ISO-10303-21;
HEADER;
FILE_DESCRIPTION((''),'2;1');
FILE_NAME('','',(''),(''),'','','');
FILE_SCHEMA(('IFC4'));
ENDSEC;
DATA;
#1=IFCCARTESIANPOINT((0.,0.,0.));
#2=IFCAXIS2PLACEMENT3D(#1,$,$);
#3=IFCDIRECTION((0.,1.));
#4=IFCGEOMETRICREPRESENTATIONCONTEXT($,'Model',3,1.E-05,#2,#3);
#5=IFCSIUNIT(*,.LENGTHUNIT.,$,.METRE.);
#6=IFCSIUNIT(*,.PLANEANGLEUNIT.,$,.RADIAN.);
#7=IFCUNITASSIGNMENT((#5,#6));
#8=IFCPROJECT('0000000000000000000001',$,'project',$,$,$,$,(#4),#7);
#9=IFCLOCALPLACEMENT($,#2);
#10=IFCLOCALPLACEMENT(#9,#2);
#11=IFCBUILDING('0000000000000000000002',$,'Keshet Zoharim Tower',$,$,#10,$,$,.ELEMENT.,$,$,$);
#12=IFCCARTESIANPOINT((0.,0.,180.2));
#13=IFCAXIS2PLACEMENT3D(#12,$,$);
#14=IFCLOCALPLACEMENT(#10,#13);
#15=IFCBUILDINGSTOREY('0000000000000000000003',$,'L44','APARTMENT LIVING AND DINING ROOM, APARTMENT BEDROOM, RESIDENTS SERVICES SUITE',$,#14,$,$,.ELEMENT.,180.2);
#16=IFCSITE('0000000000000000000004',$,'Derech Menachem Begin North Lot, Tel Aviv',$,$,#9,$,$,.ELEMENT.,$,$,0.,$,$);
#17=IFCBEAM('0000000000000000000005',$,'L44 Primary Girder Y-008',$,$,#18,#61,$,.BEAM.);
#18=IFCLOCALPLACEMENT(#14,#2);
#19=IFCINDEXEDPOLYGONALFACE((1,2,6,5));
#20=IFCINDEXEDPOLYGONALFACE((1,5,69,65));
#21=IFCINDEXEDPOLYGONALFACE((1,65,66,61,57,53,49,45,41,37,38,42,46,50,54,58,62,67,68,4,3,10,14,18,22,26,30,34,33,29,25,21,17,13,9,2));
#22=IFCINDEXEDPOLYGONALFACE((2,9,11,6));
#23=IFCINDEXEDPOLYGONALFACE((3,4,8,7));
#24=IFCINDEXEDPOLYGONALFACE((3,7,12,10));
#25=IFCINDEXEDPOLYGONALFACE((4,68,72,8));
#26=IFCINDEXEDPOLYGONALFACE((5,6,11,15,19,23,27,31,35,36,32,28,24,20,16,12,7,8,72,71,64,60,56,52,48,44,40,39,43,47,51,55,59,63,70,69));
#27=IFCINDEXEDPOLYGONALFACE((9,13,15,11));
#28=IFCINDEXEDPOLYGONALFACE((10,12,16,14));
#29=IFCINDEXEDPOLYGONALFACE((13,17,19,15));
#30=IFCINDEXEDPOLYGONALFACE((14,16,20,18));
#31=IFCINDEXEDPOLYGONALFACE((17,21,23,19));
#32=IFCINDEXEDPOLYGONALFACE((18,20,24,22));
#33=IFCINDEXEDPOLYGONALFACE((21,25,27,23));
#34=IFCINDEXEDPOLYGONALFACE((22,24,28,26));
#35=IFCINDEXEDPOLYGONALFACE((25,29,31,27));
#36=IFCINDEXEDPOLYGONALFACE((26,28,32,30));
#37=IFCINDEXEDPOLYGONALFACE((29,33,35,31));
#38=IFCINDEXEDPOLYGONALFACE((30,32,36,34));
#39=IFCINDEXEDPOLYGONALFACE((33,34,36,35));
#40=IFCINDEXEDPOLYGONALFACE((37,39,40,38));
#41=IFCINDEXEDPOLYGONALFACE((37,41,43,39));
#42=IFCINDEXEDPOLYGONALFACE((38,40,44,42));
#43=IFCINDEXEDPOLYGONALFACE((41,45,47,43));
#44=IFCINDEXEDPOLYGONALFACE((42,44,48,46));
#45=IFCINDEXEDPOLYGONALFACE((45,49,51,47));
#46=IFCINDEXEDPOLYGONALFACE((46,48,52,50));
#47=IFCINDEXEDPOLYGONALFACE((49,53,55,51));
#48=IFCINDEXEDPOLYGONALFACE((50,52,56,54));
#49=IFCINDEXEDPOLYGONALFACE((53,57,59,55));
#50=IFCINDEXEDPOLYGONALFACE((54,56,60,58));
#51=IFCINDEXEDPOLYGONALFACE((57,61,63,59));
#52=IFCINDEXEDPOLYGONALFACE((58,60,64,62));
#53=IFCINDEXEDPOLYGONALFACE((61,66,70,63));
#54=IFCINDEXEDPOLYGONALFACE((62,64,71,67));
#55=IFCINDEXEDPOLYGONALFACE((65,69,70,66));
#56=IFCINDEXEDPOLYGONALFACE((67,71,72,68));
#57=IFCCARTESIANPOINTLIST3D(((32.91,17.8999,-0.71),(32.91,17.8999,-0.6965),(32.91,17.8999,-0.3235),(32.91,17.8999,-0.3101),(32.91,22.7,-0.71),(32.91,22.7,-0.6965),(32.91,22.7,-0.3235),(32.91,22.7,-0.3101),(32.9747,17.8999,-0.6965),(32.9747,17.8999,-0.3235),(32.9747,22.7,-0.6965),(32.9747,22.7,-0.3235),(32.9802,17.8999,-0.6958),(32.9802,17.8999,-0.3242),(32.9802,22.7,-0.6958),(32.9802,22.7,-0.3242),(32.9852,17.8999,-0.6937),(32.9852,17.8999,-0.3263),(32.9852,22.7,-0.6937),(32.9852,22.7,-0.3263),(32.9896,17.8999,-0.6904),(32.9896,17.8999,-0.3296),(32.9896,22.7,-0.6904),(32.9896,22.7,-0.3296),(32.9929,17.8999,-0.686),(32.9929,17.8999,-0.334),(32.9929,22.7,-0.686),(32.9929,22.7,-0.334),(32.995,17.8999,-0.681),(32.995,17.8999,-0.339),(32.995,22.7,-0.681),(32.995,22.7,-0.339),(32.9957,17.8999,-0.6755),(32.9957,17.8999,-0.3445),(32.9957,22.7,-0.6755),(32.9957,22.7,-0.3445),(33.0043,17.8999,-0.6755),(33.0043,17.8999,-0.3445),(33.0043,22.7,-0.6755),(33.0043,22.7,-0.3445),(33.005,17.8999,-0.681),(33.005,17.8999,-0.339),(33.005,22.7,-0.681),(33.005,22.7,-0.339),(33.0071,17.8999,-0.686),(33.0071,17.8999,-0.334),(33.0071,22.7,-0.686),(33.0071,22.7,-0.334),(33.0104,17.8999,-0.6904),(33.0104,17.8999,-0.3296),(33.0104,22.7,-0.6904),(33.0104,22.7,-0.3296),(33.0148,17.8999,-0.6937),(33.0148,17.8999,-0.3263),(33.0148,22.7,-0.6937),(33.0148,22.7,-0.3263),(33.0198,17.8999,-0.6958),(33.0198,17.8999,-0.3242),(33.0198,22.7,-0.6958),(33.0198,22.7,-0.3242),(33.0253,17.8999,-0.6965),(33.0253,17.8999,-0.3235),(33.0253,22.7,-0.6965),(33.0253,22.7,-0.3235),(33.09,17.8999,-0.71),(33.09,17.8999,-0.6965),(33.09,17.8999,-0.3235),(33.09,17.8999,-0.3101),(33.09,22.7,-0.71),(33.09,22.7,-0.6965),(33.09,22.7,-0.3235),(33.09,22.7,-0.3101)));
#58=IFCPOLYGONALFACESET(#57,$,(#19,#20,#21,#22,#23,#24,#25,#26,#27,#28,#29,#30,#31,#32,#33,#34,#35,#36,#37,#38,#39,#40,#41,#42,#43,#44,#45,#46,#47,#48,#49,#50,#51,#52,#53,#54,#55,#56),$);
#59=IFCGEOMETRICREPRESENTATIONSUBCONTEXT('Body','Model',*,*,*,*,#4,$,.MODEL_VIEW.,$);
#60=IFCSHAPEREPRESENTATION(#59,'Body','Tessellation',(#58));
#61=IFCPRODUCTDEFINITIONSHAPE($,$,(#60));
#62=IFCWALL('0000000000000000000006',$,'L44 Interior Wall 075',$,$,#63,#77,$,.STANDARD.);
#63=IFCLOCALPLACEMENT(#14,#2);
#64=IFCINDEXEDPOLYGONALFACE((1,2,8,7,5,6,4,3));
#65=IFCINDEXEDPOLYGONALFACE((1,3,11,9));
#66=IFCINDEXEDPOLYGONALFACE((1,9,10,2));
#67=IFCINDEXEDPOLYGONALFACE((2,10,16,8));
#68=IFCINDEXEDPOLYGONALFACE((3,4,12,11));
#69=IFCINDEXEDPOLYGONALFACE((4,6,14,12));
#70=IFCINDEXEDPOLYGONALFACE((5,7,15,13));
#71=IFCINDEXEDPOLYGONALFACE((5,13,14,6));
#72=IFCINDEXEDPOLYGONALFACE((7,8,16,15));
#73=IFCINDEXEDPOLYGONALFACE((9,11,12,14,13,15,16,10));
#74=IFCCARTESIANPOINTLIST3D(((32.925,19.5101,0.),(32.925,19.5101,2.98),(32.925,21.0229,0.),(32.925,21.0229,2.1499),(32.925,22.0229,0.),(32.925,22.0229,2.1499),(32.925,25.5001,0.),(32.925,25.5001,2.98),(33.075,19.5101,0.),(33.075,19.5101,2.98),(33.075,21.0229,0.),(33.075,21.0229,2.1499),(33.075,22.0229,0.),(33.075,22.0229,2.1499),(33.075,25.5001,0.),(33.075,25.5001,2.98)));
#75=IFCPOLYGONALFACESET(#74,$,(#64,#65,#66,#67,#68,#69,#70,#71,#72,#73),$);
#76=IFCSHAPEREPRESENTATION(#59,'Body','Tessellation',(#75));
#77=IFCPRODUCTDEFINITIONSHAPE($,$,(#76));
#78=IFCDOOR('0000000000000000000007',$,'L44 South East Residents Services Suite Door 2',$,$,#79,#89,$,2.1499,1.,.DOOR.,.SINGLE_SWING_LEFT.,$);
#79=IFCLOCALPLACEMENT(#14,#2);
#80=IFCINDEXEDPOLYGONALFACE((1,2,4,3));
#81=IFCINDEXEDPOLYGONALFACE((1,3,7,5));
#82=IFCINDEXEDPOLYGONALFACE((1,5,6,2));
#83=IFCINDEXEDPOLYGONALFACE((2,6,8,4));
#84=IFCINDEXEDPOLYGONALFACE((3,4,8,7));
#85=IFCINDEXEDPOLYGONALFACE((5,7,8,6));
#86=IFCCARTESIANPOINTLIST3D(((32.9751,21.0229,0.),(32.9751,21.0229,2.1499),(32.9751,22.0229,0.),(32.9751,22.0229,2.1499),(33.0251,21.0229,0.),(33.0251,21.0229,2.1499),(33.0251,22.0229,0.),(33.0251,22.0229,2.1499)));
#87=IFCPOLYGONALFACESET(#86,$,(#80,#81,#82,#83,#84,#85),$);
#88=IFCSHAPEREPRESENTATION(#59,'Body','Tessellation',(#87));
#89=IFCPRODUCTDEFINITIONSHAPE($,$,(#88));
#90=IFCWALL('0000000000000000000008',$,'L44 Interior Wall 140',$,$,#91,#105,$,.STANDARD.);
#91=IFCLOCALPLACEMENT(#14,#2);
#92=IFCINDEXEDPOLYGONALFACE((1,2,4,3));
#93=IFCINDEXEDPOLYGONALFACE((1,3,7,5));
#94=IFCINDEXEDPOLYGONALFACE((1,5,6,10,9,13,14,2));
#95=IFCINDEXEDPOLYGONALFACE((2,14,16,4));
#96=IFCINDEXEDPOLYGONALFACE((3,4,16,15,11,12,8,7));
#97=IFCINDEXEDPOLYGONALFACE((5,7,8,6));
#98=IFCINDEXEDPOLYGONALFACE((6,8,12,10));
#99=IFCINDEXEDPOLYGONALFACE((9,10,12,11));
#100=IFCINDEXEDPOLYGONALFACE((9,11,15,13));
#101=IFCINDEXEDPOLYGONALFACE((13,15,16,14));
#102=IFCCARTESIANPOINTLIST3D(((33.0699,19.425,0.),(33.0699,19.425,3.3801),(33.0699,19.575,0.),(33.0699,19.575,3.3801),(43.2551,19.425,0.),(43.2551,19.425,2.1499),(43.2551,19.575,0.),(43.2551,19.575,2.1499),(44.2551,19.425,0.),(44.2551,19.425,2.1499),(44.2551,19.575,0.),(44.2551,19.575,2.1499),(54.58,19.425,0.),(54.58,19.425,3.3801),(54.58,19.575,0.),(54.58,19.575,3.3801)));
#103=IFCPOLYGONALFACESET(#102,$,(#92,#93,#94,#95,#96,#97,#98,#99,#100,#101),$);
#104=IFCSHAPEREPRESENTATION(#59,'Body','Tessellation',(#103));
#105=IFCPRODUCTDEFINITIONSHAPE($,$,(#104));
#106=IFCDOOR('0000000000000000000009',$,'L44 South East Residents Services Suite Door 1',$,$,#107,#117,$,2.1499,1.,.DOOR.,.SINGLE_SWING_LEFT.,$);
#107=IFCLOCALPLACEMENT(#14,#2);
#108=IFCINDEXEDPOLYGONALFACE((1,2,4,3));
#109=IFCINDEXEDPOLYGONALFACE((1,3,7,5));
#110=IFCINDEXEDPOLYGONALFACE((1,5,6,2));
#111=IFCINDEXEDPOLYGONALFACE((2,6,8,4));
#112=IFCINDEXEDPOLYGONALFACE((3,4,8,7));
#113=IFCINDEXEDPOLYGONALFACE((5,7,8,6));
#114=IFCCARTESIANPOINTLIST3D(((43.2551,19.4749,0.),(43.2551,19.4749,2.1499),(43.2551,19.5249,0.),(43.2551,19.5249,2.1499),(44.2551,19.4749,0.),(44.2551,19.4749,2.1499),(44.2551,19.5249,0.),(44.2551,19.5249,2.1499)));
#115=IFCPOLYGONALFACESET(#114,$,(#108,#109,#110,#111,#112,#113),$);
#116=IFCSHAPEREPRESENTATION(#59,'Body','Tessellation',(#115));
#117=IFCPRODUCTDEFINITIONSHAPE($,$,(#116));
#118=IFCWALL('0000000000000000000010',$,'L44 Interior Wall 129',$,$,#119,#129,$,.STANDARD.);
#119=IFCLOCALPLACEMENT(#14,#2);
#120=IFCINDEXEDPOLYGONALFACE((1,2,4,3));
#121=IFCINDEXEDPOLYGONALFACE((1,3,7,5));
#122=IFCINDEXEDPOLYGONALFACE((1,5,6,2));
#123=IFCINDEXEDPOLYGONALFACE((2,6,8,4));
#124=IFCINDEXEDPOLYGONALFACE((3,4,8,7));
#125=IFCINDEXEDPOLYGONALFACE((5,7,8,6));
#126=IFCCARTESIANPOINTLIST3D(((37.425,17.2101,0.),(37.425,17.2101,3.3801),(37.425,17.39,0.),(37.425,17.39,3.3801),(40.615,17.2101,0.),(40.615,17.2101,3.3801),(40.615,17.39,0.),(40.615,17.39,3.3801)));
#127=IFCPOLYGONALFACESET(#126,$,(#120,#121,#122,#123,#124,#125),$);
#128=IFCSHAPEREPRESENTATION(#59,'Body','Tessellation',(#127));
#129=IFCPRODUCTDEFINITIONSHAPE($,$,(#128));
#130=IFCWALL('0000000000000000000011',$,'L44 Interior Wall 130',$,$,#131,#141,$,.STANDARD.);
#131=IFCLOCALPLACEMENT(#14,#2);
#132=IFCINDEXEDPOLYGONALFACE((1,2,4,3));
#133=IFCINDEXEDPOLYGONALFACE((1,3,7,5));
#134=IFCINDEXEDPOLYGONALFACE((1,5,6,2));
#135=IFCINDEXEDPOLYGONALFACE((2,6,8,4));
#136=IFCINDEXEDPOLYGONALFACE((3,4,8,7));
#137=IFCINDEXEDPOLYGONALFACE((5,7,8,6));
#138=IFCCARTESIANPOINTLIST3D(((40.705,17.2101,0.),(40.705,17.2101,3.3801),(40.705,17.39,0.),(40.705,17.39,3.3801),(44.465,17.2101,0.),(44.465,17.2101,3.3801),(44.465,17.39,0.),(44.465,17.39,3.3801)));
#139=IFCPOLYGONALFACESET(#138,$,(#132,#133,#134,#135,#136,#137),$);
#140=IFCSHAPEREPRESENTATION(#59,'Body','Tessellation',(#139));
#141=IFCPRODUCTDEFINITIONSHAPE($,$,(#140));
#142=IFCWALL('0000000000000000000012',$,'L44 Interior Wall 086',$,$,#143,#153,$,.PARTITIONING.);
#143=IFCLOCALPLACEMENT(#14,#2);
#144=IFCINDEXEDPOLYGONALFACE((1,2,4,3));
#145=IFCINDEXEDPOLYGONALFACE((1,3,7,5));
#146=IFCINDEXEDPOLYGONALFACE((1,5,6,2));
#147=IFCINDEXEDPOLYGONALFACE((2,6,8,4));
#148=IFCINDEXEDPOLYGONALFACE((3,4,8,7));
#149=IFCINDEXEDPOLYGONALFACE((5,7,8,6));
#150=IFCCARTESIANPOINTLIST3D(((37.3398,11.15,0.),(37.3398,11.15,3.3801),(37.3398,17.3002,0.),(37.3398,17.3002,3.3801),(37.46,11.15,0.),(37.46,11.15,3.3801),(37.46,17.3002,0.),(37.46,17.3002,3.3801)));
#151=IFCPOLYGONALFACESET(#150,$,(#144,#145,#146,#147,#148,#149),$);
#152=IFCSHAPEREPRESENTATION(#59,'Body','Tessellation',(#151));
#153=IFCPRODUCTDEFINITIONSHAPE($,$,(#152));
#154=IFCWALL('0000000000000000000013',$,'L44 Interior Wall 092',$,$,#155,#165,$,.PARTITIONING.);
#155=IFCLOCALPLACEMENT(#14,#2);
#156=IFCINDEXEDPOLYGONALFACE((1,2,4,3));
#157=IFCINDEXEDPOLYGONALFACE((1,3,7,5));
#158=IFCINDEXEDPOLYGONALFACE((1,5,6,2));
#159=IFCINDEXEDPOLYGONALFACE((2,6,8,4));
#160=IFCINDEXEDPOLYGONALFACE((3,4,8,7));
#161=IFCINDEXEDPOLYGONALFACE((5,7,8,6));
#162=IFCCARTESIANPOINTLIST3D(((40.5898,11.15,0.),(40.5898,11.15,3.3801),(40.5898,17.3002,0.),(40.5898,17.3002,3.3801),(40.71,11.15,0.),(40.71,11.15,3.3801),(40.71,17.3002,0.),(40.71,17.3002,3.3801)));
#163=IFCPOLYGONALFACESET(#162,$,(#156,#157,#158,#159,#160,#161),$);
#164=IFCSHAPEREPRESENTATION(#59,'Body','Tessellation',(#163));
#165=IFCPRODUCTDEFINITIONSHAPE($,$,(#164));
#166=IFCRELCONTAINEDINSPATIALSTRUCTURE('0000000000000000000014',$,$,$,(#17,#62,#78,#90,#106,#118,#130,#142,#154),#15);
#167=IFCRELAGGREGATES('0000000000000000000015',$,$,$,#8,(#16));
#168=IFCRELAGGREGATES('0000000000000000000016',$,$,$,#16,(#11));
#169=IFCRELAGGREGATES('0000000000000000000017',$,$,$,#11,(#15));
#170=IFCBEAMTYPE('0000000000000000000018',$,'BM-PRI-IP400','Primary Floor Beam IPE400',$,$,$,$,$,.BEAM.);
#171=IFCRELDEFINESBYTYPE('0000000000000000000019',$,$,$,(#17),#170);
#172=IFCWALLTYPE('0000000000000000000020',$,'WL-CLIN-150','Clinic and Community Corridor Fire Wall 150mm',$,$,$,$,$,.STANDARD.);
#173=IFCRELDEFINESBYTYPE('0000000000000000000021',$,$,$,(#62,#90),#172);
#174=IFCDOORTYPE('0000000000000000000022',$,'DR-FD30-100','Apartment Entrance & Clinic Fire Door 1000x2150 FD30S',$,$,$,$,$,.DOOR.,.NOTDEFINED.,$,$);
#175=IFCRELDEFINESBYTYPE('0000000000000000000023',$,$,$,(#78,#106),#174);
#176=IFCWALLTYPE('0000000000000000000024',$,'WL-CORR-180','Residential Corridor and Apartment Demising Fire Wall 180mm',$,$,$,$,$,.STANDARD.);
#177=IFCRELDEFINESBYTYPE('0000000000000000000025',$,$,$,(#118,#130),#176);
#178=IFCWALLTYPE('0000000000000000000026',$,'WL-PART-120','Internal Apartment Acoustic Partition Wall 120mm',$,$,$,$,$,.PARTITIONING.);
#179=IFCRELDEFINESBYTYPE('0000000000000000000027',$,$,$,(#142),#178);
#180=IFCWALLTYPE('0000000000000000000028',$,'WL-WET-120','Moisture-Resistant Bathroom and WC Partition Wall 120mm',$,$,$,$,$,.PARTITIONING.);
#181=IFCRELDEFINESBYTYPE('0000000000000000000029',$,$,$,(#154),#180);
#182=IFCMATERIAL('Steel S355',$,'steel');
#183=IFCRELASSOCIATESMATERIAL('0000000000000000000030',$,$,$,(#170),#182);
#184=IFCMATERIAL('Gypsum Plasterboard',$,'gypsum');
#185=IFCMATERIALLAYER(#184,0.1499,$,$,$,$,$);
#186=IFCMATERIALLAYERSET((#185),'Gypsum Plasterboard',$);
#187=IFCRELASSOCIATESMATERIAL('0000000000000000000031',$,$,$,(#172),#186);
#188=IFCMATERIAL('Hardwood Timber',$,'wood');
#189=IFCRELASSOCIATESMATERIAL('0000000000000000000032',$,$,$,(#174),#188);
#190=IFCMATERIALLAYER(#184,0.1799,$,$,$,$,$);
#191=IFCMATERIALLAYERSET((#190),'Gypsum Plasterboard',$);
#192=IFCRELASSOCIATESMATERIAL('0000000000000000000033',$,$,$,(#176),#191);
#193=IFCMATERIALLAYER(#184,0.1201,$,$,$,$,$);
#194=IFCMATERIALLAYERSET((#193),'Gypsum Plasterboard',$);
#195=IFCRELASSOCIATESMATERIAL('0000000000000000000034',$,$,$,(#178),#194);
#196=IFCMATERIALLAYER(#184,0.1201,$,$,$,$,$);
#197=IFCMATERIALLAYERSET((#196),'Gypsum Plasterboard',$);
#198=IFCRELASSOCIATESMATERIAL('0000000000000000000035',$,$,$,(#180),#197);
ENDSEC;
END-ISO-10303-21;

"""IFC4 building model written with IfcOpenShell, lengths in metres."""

from ifc_helpers import new_model, si_unit, direction, frame, frame_2d, origin, origin_2d, place, context, subcontext, project, spatial, rectangle, i_section, extrude, material, layer, layer_set, material_profile, profile_set, type_object, element, fill, save


model = new_model("IFC4")

# Units and contexts
model_context = context("Model", 3, precision=1e-05, world=origin(), true_north=direction((0.0, 1.0)))
body_context = subcontext(model_context, "Body", "Model", "MODEL_VIEW")
ifc_project = project(units=[si_unit("LENGTHUNIT", "METRE"), si_unit("PLANEANGLEUNIT", "RADIAN")], contexts=[model_context])

# Site, building, storey
site_placement = place(None, origin())
site = spatial("IfcSite", under=ifc_project, at=site_placement, Name="Derech Menachem Begin North Lot, Tel Aviv", CompositionType="ELEMENT", RefElevation=0.0)
building_placement = place(site_placement, origin())
building = spatial("IfcBuilding", under=site, at=building_placement, Name="Keshet Zoharim Tower", CompositionType="ELEMENT")
storey_placement = place(building_placement, frame((0.0, 0.0, 180.2)))
storey = spatial("IfcBuildingStorey", under=building, at=storey_placement, Name="L44", Description="APARTMENT LIVING AND DINING ROOM, APARTMENT BEDROOM, RESIDENTS SERVICES SUITE", CompositionType="ELEMENT", Elevation=180.2)

# Beam
ifc_material_1 = material(Name="Steel S355", Category="steel")
ifc_material_profile_1 = material_profile(ifc_material_1, i_section(OverallWidth=0.1799, OverallDepth=0.3999, WebThickness=0.0085, FlangeThickness=0.0134, FilletRadius=0.021, at=origin_2d()), Name="IPE400")
ifc_profile_set_1 = profile_set([ifc_material_profile_1], Name="Steel S355")
beam_type_1 = type_object("IfcBeamType", Name="BM-PRI-IP400", Description="Primary Floor Beam IPE400", PredefinedType="BEAM", material=ifc_profile_set_1)
beam_1_placement = place(storey_placement, frame((33.0, 17.8999, -0.51), z_axis=(0.0, 1.0, 0.0), x_axis=(-1.0, 0.0, 0.0)))
element("IfcBeam", 1, at=beam_1_placement, inside=storey, type_object=beam_type_1, Name="L44 Primary Girder Y-008", PredefinedType="BEAM", context=body_context, shape_type="SweptSolid", body=[
    extrude(i_section(OverallWidth=0.1799, OverallDepth=0.3999, WebThickness=0.0085, FlangeThickness=0.0134, FilletRadius=0.021, at=origin_2d()), origin(), (0.0, 0.0, 1.0), 4.8),
])

# Walls, openings, doors
ifc_material_2 = material(Name="Gypsum Plasterboard", Category="gypsum")
ifc_layer_1 = layer(ifc_material_2, 0.1499)
ifc_layer_set_1 = layer_set([ifc_layer_1], Name="Gypsum Plasterboard")
wall_type_1 = type_object("IfcWallType", Name="WL-CLIN-150", Description="Clinic and Community Corridor Fire Wall 150mm", PredefinedType="STANDARD", material=ifc_layer_set_1)
wall_1_placement = place(storey_placement, frame((33.0, 19.51, 0.0), z_axis=(0.0, 0.0, 1.0), x_axis=(0.0, 1.0, 0.0)))
wall_1 = element("IfcWall", 2, at=wall_1_placement, inside=storey, type_object=wall_type_1, Name="L44 Interior Wall 075", PredefinedType="STANDARD", context=body_context, shape_type="SweptSolid", body=[
    extrude(rectangle(XDim=5.99, YDim=0.1499, at=frame_2d((2.9951, 0.0))), origin(), (0.0, 0.0, 1.0), 2.98),
])
opening_1_placement = place(wall_1_placement, frame((1.5129, 0.0, 0.0)))
opening_1 = element("IfcOpeningElement", 3, at=opening_1_placement, cuts=wall_1, PredefinedType="OPENING", context=body_context, shape_type="SweptSolid", body=[
    extrude(rectangle(XDim=1.0, YDim=2.1499, at=frame_2d((0.5, 1.075))), frame((0.0, 0.085, 0.0), z_axis=(0.0, -1.0, 0.0), x_axis=(1.0, 0.0, 0.0)), (0.0, 0.0, 1.0), 0.1699),
])
ifc_material_3 = material(Name="Hardwood Timber", Category="wood")
door_type_1 = type_object("IfcDoorType", Name="DR-FD30-100", Description="Apartment Entrance & Clinic Fire Door 1000x2150 FD30S", OperationType="NOTDEFINED", PredefinedType="DOOR", material=ifc_material_3)
door_1_placement = place(opening_1_placement, origin())
door_1 = element("IfcDoor", 4, at=door_1_placement, inside=storey, type_object=door_type_1, Name="L44 South East Residents Services Suite Door 2", OperationType="SINGLE_SWING_LEFT", OverallHeight=2.1499, OverallWidth=1.0, PredefinedType="DOOR", context=body_context, shape_type="SweptSolid", body=[
    extrude(rectangle(XDim=1.0, YDim=2.1499, at=frame_2d((0.5, 1.075))), frame((0.0, 0.0249, 0.0), z_axis=(0.0, -1.0, 0.0), x_axis=(1.0, 0.0, 0.0)), (0.0, 0.0, 1.0), 0.05),
])
fill(opening_1, door_1)
wall_2_placement = place(storey_placement, frame((33.0701, 19.5, 0.0), z_axis=(0.0, 0.0, 1.0), x_axis=(1.0, 0.0, 0.0)))
wall_2 = element("IfcWall", 5, at=wall_2_placement, inside=storey, type_object=wall_type_1, Name="L44 Interior Wall 140", PredefinedType="STANDARD", context=body_context, shape_type="SweptSolid", body=[
    extrude(rectangle(XDim=21.51, YDim=0.1499, at=frame_2d((10.7549, 0.0))), origin(), (0.0, 0.0, 1.0), 3.3801),
])
opening_2_placement = place(wall_2_placement, frame((10.1851, 0.0, 0.0)))
opening_2 = element("IfcOpeningElement", 6, at=opening_2_placement, cuts=wall_2, PredefinedType="OPENING", context=body_context, shape_type="SweptSolid", body=[
    extrude(rectangle(XDim=1.0, YDim=2.1499, at=frame_2d((0.5, 1.075))), frame((0.0, 0.085, 0.0), z_axis=(0.0, -1.0, 0.0), x_axis=(1.0, 0.0, 0.0)), (0.0, 0.0, 1.0), 0.1699),
])
door_2_placement = place(opening_2_placement, origin())
door_2 = element("IfcDoor", 7, at=door_2_placement, inside=storey, type_object=door_type_1, Name="L44 South East Residents Services Suite Door 1", OperationType="SINGLE_SWING_LEFT", OverallHeight=2.1499, OverallWidth=1.0, PredefinedType="DOOR", context=body_context, shape_type="SweptSolid", body=[
    extrude(rectangle(XDim=1.0, YDim=2.1499, at=frame_2d((0.5, 1.075))), frame((0.0, 0.0249, 0.0), z_axis=(0.0, -1.0, 0.0), x_axis=(1.0, 0.0, 0.0)), (0.0, 0.0, 1.0), 0.05),
])
fill(opening_2, door_2)

# Walls
ifc_layer_2 = layer(ifc_material_2, 0.1799)
ifc_layer_set_2 = layer_set([ifc_layer_2], Name="Gypsum Plasterboard")
wall_type_2 = type_object("IfcWallType", Name="WL-CORR-180", Description="Residential Corridor and Apartment Demising Fire Wall 180mm", PredefinedType="STANDARD", material=ifc_layer_set_2)
wall_3_placement = place(storey_placement, frame((37.425, 17.3, 0.0), z_axis=(0.0, 0.0, 1.0), x_axis=(1.0, 0.0, 0.0)))
element("IfcWall", 8, at=wall_3_placement, inside=storey, type_object=wall_type_2, Name="L44 Interior Wall 129", PredefinedType="STANDARD", context=body_context, shape_type="SweptSolid", body=[
    extrude(rectangle(XDim=3.1899, YDim=0.1799, at=frame_2d((1.595, 0.0))), origin(), (0.0, 0.0, 1.0), 3.3801),
])
wall_4_placement = place(storey_placement, frame((40.7051, 17.3, 0.0), z_axis=(0.0, 0.0, 1.0), x_axis=(1.0, 0.0, 0.0)))
element("IfcWall", 9, at=wall_4_placement, inside=storey, type_object=wall_type_2, Name="L44 Interior Wall 130", PredefinedType="STANDARD", context=body_context, shape_type="SweptSolid", body=[
    extrude(rectangle(XDim=3.76, YDim=0.1799, at=frame_2d((1.8799, 0.0))), origin(), (0.0, 0.0, 1.0), 3.3801),
])
ifc_layer_3 = layer(ifc_material_2, 0.1201)
ifc_layer_set_3 = layer_set([ifc_layer_3], Name="Gypsum Plasterboard")
wall_type_3 = type_object("IfcWallType", Name="WL-PART-120", Description="Internal Apartment Acoustic Partition Wall 120mm", PredefinedType="PARTITIONING", material=ifc_layer_set_3)
wall_5_placement = place(storey_placement, frame((37.3999, 11.1499, 0.0), z_axis=(0.0, 0.0, 1.0), x_axis=(0.0, 1.0, 0.0)))
element("IfcWall", 10, at=wall_5_placement, inside=storey, type_object=wall_type_3, Name="L44 Interior Wall 086", PredefinedType="PARTITIONING", context=body_context, shape_type="SweptSolid", body=[
    extrude(rectangle(XDim=6.1501, YDim=0.1201, at=frame_2d((3.0752, 0.0))), origin(), (0.0, 0.0, 1.0), 3.3801),
])

# Wall
ifc_layer_4 = layer(ifc_material_2, 0.1201)
ifc_layer_set_4 = layer_set([ifc_layer_4], Name="Gypsum Plasterboard")
wall_type_4 = type_object("IfcWallType", Name="WL-WET-120", Description="Moisture-Resistant Bathroom and WC Partition Wall 120mm", PredefinedType="PARTITIONING", material=ifc_layer_set_4)
wall_6_placement = place(storey_placement, frame((40.6499, 11.1499, 0.0), z_axis=(0.0, 0.0, 1.0), x_axis=(0.0, 1.0, 0.0)))
element("IfcWall", 11, at=wall_6_placement, inside=storey, type_object=wall_type_4, Name="L44 Interior Wall 092", PredefinedType="PARTITIONING", context=body_context, shape_type="SweptSolid", body=[
    extrude(rectangle(XDim=6.1501, YDim=0.1201, at=frame_2d((3.0752, 0.0))), origin(), (0.0, 0.0, 1.0), 3.3801),
])

save(model, "model.ifc")
